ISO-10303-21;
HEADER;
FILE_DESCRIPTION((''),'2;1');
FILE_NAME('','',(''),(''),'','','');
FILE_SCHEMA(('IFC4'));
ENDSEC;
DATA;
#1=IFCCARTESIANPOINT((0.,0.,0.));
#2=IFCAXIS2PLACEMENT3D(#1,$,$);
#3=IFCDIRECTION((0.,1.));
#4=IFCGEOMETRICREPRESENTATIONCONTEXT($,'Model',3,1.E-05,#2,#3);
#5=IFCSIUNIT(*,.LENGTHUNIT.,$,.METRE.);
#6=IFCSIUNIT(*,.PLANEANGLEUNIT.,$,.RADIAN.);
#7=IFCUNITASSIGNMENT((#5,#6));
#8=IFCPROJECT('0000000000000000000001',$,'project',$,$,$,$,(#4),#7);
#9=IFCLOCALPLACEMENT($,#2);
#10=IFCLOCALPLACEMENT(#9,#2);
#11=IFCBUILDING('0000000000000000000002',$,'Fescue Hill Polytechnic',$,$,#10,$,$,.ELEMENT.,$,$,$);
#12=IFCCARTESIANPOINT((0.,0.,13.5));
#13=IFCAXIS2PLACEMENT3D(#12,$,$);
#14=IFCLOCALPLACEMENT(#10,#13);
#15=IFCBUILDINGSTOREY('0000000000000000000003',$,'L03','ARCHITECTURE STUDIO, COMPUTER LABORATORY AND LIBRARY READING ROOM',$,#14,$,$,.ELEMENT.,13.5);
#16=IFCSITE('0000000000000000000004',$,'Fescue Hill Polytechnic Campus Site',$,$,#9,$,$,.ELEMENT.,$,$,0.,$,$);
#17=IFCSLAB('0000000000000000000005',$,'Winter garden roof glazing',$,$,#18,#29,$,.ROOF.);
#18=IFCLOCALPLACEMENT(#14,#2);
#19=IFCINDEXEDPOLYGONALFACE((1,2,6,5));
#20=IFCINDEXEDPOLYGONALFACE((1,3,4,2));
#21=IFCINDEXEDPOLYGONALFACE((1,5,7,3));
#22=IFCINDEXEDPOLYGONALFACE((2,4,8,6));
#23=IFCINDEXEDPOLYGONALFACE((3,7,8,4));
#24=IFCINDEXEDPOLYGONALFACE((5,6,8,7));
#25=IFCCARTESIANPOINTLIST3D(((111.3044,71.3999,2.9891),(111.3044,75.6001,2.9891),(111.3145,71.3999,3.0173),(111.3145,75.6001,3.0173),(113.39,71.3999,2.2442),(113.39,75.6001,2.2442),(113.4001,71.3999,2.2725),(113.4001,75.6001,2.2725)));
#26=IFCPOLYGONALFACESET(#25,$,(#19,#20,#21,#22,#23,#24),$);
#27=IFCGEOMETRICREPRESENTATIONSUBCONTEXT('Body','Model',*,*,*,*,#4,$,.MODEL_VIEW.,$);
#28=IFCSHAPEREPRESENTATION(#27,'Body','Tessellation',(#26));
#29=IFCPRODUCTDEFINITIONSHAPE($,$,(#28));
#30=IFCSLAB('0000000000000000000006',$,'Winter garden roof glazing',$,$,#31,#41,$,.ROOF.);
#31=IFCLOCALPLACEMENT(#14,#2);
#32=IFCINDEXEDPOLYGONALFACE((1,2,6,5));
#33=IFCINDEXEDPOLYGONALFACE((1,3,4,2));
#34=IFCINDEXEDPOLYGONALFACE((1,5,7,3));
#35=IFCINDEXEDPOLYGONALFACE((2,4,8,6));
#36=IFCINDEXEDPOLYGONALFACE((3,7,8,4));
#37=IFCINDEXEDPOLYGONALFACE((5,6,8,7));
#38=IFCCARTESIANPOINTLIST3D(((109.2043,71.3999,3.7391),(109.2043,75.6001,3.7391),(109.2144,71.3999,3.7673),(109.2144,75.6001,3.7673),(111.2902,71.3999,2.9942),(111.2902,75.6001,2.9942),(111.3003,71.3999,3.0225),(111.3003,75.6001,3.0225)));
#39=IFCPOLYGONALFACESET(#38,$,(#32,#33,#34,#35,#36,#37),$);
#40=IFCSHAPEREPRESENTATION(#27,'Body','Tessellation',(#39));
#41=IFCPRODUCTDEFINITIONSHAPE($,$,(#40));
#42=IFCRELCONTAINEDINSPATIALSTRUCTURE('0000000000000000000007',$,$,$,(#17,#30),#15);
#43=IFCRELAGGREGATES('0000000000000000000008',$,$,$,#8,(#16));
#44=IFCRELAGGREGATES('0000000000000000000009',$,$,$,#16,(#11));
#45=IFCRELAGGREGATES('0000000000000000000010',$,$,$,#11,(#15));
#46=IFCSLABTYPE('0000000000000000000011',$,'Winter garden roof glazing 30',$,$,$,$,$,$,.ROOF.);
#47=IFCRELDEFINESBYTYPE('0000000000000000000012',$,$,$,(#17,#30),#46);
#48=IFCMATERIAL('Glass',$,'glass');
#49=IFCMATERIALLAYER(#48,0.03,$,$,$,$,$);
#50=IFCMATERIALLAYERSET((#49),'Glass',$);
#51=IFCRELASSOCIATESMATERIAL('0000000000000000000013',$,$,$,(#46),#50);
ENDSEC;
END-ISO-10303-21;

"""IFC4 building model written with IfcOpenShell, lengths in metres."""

from ifc_helpers import new_model, si_unit, direction, frame, origin, place, context, subcontext, project, spatial, polyline, outline, extrude, material, layer, layer_set, type_object, element, save


model = new_model("IFC4")

# Units and contexts
model_context = context("Model", 3, precision=1e-05, world=origin(), true_north=direction((0.0, 1.0)))
body_context = subcontext(model_context, "Body", "Model", "MODEL_VIEW")
ifc_project = project(units=[si_unit("LENGTHUNIT", "METRE"), si_unit("PLANEANGLEUNIT", "RADIAN")], contexts=[model_context])

# Site, building, storey
site_placement = place(None, origin())
site = spatial("IfcSite", under=ifc_project, at=site_placement, Name="Fescue Hill Polytechnic Campus Site", CompositionType="ELEMENT", RefElevation=0.0)
building_placement = place(site_placement, origin())
building = spatial("IfcBuilding", under=site, at=building_placement, Name="Fescue Hill Polytechnic", CompositionType="ELEMENT")
storey_placement = place(building_placement, frame((0.0, 0.0, 13.5)))
storey = spatial("IfcBuildingStorey", under=building, at=storey_placement, Name="L03", Description="ARCHITECTURE STUDIO, COMPUTER LABORATORY AND LIBRARY READING ROOM", CompositionType="ELEMENT", Elevation=13.5)

# Slabs
ifc_material_1 = material(Name="Glass", Category="glass")
ifc_layer = layer(ifc_material_1, 0.03)
ifc_layer_set = layer_set([ifc_layer], Name="Glass")
slab_type = type_object("IfcSlabType", Name="Winter garden roof glazing 30", PredefinedType="ROOF", material=ifc_layer_set)
for number, where, z_axis, x_axis, name in (
    (1, (113.4001, 71.3999, 2.2725), (0.336329, 0.0, 0.941744), (0.0, 1.0, 0.0), "Winter garden roof glazing"),
):
    element("IfcSlab", number, at=place(storey_placement, frame(where, z_axis=z_axis, x_axis=x_axis)), inside=storey, type_object=slab_type, Name=name, PredefinedType="ROOF", context=body_context, shape_type="SweptSolid", body=[
        extrude(outline(polyline([(0.0, 0.0), (4.2002, 0.0), (4.2002, 2.2147), (0.0, 2.2147), (0.0, 0.0)])), origin(), (0.0, 0.0, -1.0), 0.03),
    ])
slab_1_placement = place(storey_placement, frame((111.3003, 71.3999, 3.0225), z_axis=(0.336295, 0.0, 0.941757), x_axis=(0.0, 1.0, 0.0)))
element("IfcSlab", 2, at=slab_1_placement, inside=storey, type_object=slab_type, Name="Winter garden roof glazing", PredefinedType="ROOF", context=body_context, shape_type="SweptSolid", body=[
    extrude(outline(polyline([(0.0, 0.0), (4.2002, 0.0), (4.2002, 2.2149), (0.0, 2.2149), (0.0, 0.0)])), origin(), (0.0, 0.0, -1.0), 0.03),
])

save(model, "model.ifc")
